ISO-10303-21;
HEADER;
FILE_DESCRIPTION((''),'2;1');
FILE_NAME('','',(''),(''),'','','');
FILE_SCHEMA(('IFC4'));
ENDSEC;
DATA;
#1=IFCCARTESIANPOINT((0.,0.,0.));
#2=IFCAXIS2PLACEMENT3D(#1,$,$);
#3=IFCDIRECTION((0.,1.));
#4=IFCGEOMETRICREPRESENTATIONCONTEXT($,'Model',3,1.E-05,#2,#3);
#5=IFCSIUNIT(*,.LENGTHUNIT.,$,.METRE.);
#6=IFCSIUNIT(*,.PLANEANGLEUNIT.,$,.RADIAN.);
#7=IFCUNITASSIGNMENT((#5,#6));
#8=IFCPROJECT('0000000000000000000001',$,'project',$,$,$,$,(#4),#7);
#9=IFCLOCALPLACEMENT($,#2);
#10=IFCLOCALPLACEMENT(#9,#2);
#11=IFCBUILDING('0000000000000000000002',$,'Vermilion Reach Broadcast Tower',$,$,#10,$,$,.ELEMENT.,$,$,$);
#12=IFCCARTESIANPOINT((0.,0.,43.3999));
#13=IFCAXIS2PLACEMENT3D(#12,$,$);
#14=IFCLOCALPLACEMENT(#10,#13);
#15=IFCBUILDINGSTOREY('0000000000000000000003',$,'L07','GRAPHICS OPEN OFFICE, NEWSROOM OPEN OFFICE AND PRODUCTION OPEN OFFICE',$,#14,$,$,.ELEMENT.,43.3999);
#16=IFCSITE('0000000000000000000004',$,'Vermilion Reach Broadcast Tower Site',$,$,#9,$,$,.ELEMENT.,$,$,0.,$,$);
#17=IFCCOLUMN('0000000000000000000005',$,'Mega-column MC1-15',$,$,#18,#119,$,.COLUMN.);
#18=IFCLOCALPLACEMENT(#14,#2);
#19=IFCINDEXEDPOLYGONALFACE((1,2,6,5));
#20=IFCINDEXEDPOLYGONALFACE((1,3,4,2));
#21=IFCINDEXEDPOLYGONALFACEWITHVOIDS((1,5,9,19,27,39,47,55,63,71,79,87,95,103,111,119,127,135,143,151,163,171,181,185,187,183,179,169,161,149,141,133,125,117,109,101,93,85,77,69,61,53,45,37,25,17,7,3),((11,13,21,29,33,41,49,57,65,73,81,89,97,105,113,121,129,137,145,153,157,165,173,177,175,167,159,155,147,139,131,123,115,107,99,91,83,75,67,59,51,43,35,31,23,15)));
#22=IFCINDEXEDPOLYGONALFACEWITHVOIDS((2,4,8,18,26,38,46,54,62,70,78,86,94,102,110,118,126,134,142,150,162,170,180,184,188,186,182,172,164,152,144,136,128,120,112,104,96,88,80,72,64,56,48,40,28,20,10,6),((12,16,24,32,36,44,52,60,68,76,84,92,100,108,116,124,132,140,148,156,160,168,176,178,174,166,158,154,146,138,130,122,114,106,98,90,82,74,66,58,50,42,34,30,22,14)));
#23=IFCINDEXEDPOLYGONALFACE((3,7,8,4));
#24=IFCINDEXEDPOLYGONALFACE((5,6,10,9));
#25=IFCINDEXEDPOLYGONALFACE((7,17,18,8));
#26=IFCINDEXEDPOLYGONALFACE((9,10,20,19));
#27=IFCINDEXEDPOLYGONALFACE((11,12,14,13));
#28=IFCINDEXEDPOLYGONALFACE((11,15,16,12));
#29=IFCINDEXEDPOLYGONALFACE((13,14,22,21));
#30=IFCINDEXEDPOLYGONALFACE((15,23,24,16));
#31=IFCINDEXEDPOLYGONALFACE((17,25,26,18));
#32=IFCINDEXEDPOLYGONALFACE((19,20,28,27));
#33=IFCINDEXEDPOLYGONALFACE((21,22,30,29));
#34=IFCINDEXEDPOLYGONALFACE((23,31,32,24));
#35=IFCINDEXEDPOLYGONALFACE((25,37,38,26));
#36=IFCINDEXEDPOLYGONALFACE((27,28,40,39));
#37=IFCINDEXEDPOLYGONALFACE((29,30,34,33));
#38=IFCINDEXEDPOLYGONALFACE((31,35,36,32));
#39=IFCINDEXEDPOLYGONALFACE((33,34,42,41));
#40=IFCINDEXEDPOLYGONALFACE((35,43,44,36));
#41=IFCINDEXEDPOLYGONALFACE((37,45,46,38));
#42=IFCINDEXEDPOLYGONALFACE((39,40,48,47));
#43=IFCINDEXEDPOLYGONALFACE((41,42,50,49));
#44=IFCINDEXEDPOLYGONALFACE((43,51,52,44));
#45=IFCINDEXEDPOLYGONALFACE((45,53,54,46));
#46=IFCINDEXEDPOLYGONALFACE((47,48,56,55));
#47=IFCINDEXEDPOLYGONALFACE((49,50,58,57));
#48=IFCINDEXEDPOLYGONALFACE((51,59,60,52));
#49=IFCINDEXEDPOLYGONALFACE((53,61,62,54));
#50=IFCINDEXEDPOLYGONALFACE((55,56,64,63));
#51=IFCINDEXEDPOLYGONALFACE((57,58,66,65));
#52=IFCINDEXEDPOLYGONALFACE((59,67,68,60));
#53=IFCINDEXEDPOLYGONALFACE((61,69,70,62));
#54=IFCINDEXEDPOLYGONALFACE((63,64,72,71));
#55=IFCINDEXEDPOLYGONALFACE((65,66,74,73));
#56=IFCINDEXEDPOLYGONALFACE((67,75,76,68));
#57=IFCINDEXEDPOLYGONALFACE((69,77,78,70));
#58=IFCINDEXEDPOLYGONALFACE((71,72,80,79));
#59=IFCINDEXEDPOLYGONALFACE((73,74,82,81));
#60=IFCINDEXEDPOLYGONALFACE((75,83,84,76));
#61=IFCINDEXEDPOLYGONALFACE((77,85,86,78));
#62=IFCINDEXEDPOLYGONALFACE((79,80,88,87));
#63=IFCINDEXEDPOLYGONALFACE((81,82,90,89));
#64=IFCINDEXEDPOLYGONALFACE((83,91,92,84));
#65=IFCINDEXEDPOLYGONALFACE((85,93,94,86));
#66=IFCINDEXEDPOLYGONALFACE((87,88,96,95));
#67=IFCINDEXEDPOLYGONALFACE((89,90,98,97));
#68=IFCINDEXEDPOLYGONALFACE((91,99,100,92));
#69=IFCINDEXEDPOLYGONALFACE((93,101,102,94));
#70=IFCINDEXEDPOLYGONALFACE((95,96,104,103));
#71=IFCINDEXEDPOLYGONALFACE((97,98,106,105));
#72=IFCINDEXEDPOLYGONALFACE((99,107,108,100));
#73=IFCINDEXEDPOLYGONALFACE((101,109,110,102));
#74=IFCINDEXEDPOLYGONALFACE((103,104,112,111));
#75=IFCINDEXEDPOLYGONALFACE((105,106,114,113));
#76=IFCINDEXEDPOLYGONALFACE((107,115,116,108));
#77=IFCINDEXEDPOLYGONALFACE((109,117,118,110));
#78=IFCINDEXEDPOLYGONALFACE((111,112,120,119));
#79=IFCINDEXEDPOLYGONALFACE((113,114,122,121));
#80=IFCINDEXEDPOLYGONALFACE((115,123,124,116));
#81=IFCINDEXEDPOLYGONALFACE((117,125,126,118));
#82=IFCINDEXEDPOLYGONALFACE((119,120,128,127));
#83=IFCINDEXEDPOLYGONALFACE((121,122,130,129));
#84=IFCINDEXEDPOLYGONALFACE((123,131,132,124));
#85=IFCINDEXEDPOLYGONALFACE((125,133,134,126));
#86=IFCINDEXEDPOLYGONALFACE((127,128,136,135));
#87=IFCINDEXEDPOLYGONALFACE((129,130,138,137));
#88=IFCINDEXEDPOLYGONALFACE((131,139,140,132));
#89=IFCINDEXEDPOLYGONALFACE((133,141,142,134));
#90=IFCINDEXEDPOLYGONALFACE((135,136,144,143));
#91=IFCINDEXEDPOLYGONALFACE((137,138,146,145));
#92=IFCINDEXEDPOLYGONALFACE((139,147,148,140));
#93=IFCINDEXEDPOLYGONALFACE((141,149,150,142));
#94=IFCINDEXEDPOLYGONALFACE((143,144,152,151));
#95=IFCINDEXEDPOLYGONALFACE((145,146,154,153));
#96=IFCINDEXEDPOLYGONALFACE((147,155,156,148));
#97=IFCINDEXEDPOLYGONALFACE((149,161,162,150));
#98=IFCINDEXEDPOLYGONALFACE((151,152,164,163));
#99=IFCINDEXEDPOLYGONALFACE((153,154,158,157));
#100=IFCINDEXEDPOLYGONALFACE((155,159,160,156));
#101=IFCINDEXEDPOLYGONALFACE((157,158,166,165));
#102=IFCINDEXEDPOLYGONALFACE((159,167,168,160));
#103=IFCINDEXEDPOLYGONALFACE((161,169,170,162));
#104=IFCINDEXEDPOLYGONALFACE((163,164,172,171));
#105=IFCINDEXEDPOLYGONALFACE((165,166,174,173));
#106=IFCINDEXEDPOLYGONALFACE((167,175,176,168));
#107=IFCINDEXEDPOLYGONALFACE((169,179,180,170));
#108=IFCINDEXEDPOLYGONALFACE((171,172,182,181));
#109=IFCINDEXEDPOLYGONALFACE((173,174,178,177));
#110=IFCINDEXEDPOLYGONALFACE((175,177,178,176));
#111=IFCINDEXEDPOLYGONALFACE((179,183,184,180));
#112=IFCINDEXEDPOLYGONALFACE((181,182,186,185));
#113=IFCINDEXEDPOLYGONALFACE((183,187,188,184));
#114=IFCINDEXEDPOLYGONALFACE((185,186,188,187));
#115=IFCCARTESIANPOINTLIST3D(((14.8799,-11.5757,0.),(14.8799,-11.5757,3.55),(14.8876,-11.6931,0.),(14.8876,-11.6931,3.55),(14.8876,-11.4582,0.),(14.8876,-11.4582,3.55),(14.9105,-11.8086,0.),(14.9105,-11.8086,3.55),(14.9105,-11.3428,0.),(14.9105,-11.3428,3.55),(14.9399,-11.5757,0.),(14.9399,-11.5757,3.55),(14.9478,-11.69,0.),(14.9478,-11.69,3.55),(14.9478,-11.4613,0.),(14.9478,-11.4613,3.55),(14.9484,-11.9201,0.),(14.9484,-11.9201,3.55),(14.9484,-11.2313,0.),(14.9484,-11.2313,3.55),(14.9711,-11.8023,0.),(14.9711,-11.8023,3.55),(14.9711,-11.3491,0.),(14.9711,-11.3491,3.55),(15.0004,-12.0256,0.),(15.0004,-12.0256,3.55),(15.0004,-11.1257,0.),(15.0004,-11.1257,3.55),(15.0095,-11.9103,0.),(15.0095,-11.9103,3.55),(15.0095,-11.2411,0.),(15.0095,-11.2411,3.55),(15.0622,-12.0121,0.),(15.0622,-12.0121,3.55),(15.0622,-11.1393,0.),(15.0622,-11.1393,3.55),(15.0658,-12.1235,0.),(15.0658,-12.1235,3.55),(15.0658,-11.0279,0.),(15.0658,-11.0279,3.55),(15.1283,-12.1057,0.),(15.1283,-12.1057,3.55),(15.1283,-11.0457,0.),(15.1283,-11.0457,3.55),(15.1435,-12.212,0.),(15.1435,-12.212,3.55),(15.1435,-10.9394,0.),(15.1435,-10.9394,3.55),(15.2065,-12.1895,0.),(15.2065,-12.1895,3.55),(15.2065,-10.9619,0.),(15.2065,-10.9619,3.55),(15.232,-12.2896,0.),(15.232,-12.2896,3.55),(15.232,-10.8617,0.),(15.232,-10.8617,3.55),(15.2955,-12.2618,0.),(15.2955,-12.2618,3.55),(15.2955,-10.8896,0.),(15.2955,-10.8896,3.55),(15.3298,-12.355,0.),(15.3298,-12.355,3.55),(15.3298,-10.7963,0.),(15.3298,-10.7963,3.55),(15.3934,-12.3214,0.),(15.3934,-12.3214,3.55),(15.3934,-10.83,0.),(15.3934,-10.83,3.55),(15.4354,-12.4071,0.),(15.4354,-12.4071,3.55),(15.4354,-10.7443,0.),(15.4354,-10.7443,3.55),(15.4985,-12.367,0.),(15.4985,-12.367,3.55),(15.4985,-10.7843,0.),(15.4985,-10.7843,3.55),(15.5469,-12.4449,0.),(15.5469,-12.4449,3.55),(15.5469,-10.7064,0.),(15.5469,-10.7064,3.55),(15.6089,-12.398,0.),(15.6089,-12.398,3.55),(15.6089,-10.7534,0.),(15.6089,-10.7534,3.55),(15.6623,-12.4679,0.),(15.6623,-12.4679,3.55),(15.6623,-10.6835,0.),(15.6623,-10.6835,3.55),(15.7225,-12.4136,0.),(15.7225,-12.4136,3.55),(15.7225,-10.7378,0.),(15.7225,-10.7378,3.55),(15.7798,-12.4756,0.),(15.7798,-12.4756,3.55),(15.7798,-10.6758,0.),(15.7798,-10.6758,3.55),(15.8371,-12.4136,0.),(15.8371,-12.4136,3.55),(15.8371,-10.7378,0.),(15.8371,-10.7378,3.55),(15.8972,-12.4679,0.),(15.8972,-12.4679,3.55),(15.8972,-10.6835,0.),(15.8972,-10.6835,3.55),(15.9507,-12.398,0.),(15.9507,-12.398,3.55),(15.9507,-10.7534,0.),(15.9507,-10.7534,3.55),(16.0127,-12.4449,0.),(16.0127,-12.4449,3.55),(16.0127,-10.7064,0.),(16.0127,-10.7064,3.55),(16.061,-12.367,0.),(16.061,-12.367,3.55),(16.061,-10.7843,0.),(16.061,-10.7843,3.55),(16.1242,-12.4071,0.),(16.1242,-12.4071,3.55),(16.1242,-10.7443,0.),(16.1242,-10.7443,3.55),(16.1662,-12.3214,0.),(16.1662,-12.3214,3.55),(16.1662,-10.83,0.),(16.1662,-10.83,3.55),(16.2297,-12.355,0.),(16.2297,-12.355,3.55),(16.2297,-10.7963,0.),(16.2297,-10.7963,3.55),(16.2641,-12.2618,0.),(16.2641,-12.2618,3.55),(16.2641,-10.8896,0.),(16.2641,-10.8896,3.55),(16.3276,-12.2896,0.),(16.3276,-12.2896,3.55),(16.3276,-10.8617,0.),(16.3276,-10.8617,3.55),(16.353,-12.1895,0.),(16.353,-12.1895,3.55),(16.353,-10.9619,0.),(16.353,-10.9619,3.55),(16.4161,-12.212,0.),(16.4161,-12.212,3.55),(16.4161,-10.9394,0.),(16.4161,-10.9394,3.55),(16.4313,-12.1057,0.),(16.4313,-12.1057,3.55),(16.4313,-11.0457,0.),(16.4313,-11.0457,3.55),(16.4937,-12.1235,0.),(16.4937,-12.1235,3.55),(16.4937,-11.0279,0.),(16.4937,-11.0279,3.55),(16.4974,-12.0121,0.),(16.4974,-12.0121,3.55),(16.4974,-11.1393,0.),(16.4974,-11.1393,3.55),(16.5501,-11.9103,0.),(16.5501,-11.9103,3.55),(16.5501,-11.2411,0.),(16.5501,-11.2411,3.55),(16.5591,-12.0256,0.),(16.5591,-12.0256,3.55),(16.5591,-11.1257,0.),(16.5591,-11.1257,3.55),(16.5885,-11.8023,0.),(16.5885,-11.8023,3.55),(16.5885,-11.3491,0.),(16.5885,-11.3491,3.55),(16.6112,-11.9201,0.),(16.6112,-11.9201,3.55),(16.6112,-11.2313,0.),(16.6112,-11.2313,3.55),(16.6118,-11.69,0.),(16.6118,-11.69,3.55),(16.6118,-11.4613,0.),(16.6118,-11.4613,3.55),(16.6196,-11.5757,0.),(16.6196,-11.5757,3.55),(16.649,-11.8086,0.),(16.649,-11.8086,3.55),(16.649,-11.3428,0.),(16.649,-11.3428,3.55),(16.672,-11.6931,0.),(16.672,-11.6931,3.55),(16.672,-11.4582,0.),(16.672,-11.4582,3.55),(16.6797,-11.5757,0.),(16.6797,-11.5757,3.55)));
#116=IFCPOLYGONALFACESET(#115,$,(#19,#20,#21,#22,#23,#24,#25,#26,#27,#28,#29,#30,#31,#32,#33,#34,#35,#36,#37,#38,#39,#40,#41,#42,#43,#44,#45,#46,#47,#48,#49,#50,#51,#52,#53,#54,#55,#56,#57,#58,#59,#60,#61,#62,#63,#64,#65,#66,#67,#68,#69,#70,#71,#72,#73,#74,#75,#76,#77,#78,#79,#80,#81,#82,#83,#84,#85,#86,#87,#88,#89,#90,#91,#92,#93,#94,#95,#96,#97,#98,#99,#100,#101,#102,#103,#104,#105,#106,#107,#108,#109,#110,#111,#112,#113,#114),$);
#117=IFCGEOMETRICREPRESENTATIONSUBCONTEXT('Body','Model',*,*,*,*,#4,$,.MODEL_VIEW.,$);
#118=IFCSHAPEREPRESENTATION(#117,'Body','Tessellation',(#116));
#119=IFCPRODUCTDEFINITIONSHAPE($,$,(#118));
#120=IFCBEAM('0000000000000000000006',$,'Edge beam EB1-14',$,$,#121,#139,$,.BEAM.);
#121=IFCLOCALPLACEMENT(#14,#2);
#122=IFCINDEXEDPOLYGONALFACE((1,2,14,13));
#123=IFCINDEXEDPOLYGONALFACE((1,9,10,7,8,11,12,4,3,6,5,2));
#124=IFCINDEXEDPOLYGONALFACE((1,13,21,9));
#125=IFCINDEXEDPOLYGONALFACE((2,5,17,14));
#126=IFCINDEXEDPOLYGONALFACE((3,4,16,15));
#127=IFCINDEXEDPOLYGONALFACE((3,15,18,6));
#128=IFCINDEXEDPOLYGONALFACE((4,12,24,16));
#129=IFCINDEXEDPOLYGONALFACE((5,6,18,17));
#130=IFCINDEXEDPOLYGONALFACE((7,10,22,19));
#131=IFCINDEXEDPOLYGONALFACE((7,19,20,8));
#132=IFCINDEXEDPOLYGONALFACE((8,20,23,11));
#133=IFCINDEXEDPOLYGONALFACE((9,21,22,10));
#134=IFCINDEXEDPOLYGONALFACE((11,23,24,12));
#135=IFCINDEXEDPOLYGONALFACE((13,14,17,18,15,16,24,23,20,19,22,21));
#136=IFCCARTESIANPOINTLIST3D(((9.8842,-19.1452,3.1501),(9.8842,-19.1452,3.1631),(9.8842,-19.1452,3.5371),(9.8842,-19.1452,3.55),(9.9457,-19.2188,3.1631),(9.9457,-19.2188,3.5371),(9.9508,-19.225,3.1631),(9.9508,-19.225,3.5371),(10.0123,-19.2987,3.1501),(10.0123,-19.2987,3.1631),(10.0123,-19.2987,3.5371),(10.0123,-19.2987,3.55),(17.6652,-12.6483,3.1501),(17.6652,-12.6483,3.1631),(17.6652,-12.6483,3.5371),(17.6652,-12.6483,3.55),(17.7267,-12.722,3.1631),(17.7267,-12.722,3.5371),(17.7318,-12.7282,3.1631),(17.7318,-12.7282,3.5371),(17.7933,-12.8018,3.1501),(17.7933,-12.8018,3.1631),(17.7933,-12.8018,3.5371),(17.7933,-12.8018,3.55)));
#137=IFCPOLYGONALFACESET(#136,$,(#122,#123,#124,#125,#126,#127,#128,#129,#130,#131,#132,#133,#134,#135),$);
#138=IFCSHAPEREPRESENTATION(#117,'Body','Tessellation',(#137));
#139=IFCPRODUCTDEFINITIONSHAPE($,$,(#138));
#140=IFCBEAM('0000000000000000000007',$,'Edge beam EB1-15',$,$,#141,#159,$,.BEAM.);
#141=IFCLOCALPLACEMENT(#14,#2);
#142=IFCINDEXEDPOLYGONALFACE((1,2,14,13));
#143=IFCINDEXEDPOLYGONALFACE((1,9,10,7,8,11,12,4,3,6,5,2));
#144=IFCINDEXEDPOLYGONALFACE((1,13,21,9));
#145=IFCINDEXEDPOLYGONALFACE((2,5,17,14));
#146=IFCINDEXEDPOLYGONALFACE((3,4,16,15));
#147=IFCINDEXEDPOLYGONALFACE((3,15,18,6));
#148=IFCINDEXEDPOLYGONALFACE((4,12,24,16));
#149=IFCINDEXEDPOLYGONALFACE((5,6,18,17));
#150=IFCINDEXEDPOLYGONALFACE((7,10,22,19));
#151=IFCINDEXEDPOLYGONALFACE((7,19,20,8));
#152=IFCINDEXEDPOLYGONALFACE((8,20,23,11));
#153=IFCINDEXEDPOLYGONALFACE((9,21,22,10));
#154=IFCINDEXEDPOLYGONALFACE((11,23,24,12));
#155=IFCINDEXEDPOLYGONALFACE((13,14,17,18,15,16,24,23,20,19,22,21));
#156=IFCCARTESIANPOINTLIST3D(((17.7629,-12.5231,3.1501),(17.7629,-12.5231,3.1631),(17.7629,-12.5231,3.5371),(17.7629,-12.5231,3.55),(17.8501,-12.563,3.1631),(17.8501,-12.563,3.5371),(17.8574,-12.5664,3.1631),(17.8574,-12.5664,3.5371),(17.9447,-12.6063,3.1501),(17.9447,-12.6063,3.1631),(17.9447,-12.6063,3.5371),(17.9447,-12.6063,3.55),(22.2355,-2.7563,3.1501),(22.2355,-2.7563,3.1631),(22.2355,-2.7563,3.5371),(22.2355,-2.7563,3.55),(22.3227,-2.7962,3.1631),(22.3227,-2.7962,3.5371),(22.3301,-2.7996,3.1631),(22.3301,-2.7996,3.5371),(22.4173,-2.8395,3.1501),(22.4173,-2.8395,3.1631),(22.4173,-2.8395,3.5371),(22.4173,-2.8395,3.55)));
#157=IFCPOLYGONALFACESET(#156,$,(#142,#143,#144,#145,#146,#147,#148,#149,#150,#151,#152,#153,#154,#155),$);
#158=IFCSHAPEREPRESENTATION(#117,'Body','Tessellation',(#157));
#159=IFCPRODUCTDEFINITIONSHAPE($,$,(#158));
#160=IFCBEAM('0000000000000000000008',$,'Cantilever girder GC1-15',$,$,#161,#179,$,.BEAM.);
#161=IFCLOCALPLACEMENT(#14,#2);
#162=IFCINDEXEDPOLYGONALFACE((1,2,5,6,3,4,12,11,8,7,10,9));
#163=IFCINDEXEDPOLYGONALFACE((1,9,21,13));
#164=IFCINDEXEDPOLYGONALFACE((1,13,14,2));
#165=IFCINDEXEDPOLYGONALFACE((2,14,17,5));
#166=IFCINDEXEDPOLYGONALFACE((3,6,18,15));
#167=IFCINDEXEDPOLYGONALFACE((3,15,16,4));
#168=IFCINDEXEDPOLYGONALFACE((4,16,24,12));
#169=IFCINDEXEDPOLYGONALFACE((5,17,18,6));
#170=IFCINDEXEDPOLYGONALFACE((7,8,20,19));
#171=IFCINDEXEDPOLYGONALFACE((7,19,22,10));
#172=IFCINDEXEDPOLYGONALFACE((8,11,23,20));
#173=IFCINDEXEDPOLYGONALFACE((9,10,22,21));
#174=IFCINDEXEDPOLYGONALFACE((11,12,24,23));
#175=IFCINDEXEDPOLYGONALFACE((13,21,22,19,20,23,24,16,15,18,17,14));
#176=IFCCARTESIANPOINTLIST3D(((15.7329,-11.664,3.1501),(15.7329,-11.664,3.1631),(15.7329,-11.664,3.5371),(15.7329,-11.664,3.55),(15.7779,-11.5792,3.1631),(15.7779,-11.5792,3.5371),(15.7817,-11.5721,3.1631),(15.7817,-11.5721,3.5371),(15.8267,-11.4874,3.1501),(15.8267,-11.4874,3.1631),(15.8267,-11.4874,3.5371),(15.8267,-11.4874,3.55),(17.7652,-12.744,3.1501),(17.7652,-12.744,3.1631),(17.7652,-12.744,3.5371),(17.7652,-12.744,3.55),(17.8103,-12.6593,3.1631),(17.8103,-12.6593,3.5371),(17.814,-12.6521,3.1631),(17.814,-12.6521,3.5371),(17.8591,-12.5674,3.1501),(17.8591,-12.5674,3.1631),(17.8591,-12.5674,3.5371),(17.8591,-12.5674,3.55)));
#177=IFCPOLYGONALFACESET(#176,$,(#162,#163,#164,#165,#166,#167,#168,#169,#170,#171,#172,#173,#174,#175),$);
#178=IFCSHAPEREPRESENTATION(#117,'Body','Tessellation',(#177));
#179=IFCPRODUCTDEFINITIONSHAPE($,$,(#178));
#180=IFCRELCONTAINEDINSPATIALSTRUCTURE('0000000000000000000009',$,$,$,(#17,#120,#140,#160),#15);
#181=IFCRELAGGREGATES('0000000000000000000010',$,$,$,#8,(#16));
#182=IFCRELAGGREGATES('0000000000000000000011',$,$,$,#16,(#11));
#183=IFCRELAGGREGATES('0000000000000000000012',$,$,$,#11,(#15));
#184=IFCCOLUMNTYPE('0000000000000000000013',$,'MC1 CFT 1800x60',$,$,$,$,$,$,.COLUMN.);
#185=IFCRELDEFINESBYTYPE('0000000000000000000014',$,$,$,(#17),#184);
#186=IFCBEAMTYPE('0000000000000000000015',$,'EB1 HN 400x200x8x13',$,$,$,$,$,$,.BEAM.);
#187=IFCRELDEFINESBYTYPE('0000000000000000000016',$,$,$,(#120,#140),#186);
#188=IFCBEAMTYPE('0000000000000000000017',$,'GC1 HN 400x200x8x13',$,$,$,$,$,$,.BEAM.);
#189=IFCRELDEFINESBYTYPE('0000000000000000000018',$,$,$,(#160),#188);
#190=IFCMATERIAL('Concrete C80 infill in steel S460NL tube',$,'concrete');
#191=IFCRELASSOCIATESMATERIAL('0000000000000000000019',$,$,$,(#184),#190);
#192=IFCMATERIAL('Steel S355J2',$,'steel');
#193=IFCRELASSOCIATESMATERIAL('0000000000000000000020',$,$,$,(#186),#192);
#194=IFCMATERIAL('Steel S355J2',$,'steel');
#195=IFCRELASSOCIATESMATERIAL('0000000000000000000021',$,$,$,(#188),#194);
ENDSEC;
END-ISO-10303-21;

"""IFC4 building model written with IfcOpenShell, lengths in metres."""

from ifc_helpers import new_model, si_unit, direction, frame, origin, origin_2d, place, context, subcontext, project, spatial, hollow_circle, i_section, extrude, material, material_profile, profile_set, type_object, element, save


model = new_model("IFC4")

# Units and contexts
model_context = context("Model", 3, precision=1e-05, world=origin(), true_north=direction((0.0, 1.0)))
body_context = subcontext(model_context, "Body", "Model", "MODEL_VIEW")
ifc_project = project(units=[si_unit("LENGTHUNIT", "METRE"), si_unit("PLANEANGLEUNIT", "RADIAN")], contexts=[model_context])

# Site, building, storey
site_placement = place(None, origin())
site = spatial("IfcSite", under=ifc_project, at=site_placement, Name="Vermilion Reach Broadcast Tower Site", CompositionType="ELEMENT", RefElevation=0.0)
building_placement = place(site_placement, origin())
building = spatial("IfcBuilding", under=site, at=building_placement, Name="Vermilion Reach Broadcast Tower", CompositionType="ELEMENT")
storey_placement = place(building_placement, frame((0.0, 0.0, 43.3999)))
storey = spatial("IfcBuildingStorey", under=building, at=storey_placement, Name="L07", Description="GRAPHICS OPEN OFFICE, NEWSROOM OPEN OFFICE AND PRODUCTION OPEN OFFICE", CompositionType="ELEMENT", Elevation=43.3999)

# Column
ifc_material_1 = material(Name="Concrete C80 infill in steel S460NL tube", Category="concrete")
ifc_material_profile_1 = material_profile(ifc_material_1, hollow_circle(Radius=0.8999, WallThickness=0.0601, at=origin_2d()), Name="Concrete C80 infill in steel S460NL tube CFT 1800x60")
ifc_profile_set_1 = profile_set([ifc_material_profile_1], Name="Concrete C80 infill in steel S460NL tube")
column_type = type_object("IfcColumnType", Name="MC1 CFT 1800x60", PredefinedType="COLUMN", material=ifc_profile_set_1)
for number, where, z_axis, x_axis, name in (
    (1, (15.7798, -11.5757, 0.0), (0.0, 0.0, 1.0), (1.0, 0.0, 0.0), "Mega-column MC1-15"),
):
    element("IfcColumn", number, at=place(storey_placement, frame(where, z_axis=z_axis, x_axis=x_axis)), inside=storey, type_object=column_type, Name=name, PredefinedType="COLUMN", context=body_context, shape_type="SweptSolid", body=[
        extrude(hollow_circle(Radius=0.8999, WallThickness=0.0601, at=origin_2d()), origin(), (0.0, 0.0, 1.0), 3.55),
    ])

# Beams
ifc_material_2 = material(Name="Steel S355J2", Category="steel")
ifc_material_profile_2 = material_profile(ifc_material_2, i_section(OverallWidth=0.2, OverallDepth=0.3999, WebThickness=0.0081, FlangeThickness=0.0129, at=origin_2d()), Name="S355J2 HN 400x200x8x13")
ifc_profile_set_2 = profile_set([ifc_material_profile_2], Name="Steel S355J2")
beam_type_1 = type_object("IfcBeamType", Name="EB1 HN 400x200x8x13", PredefinedType="BEAM", material=ifc_profile_set_2)
beam_1_placement = place(storey_placement, frame((9.9482, -19.2219, 3.3501), z_axis=(0.767607, 0.640921, 0.0), x_axis=(-0.640921, 0.767607, 0.0)))
element("IfcBeam", 2, at=beam_1_placement, inside=storey, type_object=beam_type_1, Name="Edge beam EB1-14", PredefinedType="BEAM", context=body_context, shape_type="SweptSolid", body=[
    extrude(i_section(OverallWidth=0.2, OverallDepth=0.3999, WebThickness=0.0081, FlangeThickness=0.0129, at=origin_2d()), origin(), (0.0, 0.0, 1.0), 10.1367),
])
beam_2_placement = place(storey_placement, frame((17.8538, -12.5647, 3.3501), z_axis=(0.416361, 0.909199, 0.0), x_axis=(-0.909199, 0.416361, 0.0)))
element("IfcBeam", 3, at=beam_2_placement, inside=storey, type_object=beam_type_1, Name="Edge beam EB1-15", PredefinedType="BEAM", context=body_context, shape_type="SweptSolid", body=[
    extrude(i_section(OverallWidth=0.2, OverallDepth=0.3999, WebThickness=0.0081, FlangeThickness=0.0129, at=origin_2d()), origin(), (0.0, 0.0, 1.0), 10.7422),
])
ifc_material_3 = material(Name="Steel S355J2", Category="steel")
ifc_material_profile_3 = material_profile(ifc_material_3, i_section(OverallWidth=0.2, OverallDepth=0.3999, WebThickness=0.0081, FlangeThickness=0.0129, at=origin_2d()), Name="S355J2 HN 400x200x8x13")
ifc_profile_set_3 = profile_set([ifc_material_profile_3], Name="Steel S355J2")
beam_type_2 = type_object("IfcBeamType", Name="GC1 HN 400x200x8x13", PredefinedType="BEAM", material=ifc_profile_set_3)
beam_3_placement = place(storey_placement, frame((15.7798, -11.5757, 3.3501), z_axis=(0.883057, -0.469266, 0.0), x_axis=(0.469266, 0.883057, 0.0)))
element("IfcBeam", 4, at=beam_3_placement, inside=storey, type_object=beam_type_2, Name="Cantilever girder GC1-15", PredefinedType="BEAM", context=body_context, shape_type="SweptSolid", body=[
    extrude(i_section(OverallWidth=0.2, OverallDepth=0.3999, WebThickness=0.0081, FlangeThickness=0.0129, at=origin_2d()), origin(), (0.0, 0.0, 1.0), 2.3015),
])

save(model, "model.ifc")
